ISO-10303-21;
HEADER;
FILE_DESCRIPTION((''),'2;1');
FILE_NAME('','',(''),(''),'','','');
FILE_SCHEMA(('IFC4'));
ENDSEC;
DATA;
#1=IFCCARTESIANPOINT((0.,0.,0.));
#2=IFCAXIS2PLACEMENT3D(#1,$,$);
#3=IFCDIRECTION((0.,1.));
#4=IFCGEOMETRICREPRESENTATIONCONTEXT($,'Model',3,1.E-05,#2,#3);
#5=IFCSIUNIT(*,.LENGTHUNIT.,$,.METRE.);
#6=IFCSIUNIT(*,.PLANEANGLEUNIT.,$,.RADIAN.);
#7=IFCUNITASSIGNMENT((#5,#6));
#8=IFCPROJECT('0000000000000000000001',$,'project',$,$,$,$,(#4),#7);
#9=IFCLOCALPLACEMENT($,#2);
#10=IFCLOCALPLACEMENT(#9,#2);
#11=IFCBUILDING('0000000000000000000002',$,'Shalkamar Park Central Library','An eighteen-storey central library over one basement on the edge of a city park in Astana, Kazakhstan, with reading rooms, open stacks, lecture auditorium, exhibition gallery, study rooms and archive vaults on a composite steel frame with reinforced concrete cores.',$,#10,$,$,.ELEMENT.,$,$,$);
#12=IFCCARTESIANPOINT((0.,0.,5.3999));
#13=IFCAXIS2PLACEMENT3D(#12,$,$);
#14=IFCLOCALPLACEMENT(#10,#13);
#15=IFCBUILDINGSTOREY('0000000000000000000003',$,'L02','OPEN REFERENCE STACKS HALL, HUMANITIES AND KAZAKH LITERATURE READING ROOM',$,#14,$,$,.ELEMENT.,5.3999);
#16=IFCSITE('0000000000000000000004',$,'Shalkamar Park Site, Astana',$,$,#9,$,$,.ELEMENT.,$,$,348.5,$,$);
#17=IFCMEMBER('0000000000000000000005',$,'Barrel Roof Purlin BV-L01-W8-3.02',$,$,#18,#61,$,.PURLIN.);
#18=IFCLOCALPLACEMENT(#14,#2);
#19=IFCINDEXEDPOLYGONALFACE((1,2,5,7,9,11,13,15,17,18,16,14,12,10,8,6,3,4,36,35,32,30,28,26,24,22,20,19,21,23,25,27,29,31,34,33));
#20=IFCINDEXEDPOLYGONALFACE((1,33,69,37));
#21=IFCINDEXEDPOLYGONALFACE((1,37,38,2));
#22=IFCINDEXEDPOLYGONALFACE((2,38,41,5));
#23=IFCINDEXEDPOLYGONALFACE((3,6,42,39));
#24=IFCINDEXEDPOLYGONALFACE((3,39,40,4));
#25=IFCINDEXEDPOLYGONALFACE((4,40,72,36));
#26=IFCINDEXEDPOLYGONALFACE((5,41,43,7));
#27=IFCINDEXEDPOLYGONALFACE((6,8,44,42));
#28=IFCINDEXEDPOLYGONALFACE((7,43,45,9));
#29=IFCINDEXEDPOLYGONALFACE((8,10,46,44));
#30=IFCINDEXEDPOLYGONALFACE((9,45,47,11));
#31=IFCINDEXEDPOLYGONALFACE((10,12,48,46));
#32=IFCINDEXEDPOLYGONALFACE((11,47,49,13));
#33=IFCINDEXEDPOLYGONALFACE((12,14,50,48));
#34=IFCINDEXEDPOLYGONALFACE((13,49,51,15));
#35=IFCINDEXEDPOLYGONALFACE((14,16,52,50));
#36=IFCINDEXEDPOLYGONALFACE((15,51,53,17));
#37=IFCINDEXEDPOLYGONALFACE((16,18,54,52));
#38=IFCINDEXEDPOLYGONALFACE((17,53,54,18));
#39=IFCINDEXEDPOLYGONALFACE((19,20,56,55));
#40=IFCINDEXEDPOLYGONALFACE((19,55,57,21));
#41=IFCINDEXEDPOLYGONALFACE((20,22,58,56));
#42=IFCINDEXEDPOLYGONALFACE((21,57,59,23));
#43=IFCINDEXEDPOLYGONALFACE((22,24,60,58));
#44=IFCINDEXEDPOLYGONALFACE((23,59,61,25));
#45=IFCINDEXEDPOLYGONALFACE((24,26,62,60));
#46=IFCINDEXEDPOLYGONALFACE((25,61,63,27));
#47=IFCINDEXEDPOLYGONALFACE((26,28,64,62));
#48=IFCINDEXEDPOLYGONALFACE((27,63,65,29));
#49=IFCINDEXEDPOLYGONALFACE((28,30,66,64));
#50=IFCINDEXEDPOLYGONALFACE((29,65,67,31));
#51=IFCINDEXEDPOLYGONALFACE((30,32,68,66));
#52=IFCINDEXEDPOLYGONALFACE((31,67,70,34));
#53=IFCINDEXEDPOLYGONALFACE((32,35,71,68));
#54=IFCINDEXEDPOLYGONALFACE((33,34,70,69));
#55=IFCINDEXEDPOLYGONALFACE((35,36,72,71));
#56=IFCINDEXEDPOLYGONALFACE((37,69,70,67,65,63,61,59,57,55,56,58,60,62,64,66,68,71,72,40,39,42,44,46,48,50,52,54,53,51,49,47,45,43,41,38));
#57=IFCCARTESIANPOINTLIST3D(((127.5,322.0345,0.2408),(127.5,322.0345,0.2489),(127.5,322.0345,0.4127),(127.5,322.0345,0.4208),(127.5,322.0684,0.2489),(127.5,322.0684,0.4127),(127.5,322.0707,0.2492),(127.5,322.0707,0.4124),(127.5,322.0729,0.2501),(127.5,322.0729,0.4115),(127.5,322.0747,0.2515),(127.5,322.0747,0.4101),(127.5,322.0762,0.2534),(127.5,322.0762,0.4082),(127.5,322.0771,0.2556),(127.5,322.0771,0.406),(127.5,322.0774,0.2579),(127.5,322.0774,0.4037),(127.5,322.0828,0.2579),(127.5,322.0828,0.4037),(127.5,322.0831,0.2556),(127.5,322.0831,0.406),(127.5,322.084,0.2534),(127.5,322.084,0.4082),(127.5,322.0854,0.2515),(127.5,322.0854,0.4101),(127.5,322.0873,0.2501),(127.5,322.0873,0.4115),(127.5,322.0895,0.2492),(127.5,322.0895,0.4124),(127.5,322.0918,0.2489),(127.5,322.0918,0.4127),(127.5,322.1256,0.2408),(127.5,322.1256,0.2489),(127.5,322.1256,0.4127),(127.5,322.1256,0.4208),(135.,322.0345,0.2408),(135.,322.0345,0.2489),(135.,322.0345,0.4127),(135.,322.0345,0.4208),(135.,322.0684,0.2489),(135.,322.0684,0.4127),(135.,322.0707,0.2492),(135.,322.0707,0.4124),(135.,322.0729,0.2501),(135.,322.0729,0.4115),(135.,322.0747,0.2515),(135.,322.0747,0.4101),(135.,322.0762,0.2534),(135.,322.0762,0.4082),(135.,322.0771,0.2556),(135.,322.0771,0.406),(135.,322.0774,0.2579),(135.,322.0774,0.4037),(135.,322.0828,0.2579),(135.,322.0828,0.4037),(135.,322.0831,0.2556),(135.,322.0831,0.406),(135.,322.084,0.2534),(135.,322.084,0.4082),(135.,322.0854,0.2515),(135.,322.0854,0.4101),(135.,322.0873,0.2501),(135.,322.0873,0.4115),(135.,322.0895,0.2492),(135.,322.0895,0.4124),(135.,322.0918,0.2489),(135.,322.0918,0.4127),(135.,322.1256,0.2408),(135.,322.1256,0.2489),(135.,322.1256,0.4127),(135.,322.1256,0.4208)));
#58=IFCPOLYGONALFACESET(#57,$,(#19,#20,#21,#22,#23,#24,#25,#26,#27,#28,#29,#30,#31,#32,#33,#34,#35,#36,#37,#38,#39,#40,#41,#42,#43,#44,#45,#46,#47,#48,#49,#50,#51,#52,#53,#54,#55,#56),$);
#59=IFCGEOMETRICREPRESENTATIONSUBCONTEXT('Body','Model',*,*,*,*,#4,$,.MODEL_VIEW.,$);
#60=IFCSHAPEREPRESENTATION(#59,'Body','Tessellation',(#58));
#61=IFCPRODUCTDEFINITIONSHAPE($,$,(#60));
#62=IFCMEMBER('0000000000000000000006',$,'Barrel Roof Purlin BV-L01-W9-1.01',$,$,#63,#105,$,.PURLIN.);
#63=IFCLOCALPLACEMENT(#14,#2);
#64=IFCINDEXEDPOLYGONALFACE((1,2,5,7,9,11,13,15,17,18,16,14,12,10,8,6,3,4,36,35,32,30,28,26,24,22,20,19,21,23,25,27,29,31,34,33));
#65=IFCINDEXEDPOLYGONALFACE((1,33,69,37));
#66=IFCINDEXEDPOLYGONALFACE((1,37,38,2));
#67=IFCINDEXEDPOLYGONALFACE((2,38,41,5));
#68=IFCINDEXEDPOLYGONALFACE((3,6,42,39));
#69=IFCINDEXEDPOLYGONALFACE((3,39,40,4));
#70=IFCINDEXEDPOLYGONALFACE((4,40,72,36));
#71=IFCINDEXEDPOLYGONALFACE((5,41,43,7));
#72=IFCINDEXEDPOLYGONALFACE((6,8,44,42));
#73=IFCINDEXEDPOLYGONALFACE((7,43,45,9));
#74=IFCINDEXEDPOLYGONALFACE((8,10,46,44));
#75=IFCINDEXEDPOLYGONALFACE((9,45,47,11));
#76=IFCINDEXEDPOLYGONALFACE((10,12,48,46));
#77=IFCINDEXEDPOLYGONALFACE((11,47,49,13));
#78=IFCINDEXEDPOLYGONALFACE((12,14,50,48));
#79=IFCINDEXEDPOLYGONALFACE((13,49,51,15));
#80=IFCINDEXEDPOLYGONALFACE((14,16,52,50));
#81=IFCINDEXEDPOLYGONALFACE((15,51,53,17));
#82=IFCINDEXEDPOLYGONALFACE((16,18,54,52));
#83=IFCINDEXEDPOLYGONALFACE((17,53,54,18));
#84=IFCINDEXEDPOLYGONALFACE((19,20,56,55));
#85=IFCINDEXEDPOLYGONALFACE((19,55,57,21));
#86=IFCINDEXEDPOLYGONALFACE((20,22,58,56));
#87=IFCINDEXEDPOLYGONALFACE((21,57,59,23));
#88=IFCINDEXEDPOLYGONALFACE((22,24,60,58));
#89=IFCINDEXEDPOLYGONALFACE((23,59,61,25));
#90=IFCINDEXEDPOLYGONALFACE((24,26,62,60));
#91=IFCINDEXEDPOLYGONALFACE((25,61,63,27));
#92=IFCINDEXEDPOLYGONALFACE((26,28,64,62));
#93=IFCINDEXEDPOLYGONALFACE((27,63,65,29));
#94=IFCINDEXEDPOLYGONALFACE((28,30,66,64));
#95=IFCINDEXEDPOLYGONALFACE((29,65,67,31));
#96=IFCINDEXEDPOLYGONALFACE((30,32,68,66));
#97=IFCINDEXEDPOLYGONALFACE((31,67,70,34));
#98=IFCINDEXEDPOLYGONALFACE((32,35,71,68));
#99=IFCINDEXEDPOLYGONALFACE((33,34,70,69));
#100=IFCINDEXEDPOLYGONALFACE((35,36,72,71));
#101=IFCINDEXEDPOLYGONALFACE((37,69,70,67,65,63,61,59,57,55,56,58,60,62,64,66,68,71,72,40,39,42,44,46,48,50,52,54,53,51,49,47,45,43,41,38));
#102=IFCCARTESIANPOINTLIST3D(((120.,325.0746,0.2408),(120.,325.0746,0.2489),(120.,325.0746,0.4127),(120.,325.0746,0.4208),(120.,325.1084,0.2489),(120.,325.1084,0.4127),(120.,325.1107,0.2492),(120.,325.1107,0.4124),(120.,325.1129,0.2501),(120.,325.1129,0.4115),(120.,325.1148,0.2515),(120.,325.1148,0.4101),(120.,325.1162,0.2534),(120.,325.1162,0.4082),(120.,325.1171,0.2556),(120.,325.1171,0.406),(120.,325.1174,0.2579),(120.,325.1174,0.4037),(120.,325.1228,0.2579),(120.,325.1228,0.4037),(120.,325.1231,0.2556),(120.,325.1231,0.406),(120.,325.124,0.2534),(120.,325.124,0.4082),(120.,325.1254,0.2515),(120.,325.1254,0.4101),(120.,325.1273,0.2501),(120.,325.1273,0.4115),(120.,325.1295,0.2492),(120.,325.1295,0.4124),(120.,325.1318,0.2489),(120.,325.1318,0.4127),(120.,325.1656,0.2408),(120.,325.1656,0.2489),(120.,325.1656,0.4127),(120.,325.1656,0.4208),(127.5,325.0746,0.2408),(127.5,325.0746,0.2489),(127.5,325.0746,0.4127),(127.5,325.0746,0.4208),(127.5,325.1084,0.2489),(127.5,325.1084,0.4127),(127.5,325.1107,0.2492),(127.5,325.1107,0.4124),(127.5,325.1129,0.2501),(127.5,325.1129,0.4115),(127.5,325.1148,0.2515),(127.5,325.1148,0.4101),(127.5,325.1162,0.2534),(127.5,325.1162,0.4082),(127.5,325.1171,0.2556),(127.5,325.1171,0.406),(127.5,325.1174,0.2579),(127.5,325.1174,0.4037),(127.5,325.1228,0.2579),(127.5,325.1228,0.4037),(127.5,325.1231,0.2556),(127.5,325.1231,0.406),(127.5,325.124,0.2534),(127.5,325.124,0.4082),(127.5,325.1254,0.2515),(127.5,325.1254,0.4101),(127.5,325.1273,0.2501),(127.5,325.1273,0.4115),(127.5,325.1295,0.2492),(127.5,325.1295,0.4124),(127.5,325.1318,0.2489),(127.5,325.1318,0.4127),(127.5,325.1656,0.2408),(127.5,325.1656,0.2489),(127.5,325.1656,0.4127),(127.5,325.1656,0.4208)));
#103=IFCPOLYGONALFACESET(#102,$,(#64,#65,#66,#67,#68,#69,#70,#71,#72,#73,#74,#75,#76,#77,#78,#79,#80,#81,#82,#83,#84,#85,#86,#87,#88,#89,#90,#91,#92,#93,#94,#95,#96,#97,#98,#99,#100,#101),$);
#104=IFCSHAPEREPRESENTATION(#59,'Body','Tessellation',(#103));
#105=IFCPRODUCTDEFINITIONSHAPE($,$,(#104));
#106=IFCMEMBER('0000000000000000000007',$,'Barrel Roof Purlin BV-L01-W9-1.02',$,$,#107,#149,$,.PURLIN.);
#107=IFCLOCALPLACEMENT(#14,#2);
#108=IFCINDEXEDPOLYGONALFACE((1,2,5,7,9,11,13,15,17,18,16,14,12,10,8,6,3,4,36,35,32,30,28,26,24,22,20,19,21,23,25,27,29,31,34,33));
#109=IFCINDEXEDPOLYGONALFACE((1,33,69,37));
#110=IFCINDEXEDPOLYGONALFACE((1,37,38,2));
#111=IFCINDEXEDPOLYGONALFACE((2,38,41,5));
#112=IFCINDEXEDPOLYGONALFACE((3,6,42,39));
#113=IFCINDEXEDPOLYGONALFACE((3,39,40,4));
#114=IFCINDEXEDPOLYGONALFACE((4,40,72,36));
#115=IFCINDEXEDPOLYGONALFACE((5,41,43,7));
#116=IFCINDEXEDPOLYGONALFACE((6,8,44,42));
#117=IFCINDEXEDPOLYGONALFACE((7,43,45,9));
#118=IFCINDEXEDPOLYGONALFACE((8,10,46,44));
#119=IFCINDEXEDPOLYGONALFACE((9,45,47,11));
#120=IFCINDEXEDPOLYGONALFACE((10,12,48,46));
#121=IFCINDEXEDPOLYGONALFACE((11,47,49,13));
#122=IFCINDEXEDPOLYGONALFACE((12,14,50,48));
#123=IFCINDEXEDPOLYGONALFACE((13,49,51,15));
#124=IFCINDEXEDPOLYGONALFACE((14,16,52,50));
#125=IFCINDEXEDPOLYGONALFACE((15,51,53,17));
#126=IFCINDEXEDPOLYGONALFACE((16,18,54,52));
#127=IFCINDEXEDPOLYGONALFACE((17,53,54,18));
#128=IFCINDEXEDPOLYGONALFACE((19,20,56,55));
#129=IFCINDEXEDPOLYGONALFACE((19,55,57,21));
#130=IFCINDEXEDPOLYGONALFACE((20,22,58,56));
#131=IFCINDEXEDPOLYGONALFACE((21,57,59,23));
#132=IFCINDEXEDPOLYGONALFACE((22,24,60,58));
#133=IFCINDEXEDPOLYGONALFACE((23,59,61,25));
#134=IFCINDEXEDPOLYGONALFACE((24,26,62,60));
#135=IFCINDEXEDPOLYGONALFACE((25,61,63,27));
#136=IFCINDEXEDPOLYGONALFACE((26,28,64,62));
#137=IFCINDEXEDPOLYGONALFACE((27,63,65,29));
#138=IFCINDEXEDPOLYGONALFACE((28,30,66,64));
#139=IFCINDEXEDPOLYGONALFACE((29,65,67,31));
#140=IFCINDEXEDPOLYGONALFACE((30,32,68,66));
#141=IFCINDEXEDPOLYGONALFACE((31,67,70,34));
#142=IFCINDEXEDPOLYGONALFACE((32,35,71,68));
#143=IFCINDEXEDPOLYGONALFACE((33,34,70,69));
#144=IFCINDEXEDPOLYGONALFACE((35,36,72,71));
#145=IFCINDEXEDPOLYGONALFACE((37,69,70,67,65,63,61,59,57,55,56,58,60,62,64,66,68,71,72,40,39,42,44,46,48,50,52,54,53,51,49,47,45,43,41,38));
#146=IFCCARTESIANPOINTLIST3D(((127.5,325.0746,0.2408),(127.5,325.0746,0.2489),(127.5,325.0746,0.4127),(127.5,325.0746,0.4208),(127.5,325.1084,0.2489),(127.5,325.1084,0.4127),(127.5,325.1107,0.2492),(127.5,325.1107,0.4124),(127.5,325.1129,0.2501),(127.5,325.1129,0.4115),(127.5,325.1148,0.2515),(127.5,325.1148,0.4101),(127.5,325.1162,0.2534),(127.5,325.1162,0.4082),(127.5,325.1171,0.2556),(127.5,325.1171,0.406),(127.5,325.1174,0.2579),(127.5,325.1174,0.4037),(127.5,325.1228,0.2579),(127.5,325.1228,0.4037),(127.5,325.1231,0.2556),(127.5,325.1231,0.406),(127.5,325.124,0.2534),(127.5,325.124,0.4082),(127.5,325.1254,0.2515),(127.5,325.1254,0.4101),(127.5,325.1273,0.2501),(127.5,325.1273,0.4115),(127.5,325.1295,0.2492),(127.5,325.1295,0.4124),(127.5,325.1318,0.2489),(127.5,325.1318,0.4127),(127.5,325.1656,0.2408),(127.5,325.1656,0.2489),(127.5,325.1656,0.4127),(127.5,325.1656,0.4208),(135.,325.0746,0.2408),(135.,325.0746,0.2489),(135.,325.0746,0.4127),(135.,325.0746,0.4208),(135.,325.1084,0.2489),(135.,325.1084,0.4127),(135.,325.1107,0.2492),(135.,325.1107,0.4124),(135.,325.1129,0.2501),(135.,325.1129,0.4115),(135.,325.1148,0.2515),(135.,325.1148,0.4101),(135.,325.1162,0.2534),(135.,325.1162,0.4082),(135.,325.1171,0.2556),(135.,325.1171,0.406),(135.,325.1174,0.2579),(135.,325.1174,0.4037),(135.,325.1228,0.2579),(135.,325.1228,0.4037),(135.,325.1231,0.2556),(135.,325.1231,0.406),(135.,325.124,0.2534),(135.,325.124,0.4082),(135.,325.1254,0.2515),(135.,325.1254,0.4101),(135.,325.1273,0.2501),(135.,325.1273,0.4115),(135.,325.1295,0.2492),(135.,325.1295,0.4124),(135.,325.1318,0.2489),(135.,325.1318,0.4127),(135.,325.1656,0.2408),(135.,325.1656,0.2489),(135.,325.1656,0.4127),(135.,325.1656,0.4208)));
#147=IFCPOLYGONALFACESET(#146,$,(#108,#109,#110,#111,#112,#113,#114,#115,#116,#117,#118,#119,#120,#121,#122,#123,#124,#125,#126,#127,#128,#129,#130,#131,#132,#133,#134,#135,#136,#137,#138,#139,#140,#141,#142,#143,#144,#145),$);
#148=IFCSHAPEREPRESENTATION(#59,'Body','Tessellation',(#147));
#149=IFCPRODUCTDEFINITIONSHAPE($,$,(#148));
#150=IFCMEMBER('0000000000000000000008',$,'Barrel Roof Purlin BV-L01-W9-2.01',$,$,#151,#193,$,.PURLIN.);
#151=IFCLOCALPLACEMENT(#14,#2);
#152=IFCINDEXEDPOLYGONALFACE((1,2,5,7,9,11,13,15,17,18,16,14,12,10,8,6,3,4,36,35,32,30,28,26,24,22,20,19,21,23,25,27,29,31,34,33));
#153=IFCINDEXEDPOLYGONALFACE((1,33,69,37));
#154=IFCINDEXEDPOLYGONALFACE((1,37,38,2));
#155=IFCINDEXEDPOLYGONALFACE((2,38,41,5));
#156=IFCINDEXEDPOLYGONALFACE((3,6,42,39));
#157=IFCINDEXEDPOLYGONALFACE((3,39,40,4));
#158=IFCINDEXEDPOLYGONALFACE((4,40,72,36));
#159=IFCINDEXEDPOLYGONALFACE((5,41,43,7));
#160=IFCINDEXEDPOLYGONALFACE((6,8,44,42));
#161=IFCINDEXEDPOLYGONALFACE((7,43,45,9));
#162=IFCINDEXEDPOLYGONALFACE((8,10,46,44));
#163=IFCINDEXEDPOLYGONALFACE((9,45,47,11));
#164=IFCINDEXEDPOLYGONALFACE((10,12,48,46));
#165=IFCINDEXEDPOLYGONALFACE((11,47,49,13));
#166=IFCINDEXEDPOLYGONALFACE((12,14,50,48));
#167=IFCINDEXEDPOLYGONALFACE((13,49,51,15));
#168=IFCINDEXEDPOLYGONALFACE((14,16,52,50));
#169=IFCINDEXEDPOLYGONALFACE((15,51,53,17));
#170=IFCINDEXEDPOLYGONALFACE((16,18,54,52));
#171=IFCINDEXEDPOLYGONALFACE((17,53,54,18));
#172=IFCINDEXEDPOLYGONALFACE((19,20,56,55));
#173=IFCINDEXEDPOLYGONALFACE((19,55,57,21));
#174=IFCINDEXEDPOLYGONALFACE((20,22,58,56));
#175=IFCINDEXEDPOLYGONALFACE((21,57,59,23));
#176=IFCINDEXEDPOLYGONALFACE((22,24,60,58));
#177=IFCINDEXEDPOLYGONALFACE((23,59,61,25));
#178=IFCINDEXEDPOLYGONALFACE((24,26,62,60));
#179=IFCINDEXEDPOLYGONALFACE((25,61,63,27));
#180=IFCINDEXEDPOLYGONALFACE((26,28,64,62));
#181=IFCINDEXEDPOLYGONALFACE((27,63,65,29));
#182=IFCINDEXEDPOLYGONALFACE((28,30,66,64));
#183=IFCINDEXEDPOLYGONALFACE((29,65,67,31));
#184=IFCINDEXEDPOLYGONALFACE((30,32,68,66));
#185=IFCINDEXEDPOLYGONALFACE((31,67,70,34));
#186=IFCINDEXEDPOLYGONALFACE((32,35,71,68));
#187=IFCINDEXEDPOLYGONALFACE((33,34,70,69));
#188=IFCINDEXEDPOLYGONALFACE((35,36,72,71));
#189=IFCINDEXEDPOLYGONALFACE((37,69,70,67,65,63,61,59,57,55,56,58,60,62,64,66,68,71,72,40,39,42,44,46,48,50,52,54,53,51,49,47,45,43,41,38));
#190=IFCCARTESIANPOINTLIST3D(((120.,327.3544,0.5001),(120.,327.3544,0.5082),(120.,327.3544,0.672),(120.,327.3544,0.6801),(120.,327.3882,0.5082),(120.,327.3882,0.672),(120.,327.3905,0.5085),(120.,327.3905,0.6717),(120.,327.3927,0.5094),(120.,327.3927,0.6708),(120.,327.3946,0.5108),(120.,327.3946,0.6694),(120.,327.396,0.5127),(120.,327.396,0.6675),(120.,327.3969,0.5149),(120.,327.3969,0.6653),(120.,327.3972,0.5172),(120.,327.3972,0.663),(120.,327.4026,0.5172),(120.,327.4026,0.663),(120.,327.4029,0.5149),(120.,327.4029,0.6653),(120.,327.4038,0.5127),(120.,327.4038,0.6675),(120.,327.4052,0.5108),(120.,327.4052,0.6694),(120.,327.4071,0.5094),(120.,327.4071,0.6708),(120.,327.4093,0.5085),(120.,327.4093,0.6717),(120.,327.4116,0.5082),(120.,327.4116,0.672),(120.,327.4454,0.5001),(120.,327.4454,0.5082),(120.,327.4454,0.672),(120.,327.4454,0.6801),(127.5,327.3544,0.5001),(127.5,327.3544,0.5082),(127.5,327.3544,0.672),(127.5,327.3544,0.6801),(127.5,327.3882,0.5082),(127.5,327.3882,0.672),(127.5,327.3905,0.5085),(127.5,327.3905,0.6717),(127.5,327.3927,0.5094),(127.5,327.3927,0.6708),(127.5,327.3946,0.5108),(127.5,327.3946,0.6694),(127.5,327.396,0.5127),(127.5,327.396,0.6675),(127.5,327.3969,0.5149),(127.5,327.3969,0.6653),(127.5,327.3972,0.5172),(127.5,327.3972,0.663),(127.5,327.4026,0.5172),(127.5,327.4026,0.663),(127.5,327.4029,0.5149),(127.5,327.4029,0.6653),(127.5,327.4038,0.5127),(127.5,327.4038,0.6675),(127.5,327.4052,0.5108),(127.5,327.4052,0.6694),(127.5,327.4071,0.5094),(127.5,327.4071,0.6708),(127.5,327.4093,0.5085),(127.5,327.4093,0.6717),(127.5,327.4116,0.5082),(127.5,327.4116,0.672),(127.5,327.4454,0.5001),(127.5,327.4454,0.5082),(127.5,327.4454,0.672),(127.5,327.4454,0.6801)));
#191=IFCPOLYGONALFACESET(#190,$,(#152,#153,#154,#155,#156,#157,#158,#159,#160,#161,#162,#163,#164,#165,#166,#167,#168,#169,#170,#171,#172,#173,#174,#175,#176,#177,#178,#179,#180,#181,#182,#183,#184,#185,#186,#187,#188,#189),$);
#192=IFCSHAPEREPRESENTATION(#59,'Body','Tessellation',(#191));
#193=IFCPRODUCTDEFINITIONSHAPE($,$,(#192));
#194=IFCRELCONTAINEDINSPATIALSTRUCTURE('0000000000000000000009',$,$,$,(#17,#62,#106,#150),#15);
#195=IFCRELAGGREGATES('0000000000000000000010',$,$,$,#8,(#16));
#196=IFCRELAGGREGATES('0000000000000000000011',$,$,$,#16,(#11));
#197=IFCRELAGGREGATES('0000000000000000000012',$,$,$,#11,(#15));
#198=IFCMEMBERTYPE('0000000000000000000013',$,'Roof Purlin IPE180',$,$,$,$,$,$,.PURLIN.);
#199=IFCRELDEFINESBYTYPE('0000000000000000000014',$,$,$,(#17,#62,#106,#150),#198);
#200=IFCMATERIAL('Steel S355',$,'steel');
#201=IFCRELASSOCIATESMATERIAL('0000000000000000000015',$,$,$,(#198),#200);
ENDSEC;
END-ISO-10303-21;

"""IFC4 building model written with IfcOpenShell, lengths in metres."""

from ifc_helpers import new_model, si_unit, direction, frame, origin, origin_2d, place, context, subcontext, project, spatial, i_section, extrude, material, material_profile, profile_set, type_object, element, save


model = new_model("IFC4")

# Units and contexts
model_context = context("Model", 3, precision=1e-05, world=origin(), true_north=direction((0.0, 1.0)))
body_context = subcontext(model_context, "Body", "Model", "MODEL_VIEW")
ifc_project = project(units=[si_unit("LENGTHUNIT", "METRE"), si_unit("PLANEANGLEUNIT", "RADIAN")], contexts=[model_context])

# Site, building, storey
site_placement = place(None, origin())
site = spatial("IfcSite", under=ifc_project, at=site_placement, Name="Shalkamar Park Site, Astana", CompositionType="ELEMENT", RefElevation=348.5)
building_placement = place(site_placement, origin())
building = spatial("IfcBuilding", under=site, at=building_placement, Name="Shalkamar Park Central Library", Description="An eighteen-storey central library over one basement on the edge of a city park in Astana, Kazakhstan, with reading rooms, open stacks, lecture auditorium, exhibition gallery, study rooms and archive vaults on a composite steel frame with reinforced concrete cores.", CompositionType="ELEMENT")
storey_placement = place(building_placement, frame((0.0, 0.0, 5.3999)))
storey = spatial("IfcBuildingStorey", under=building, at=storey_placement, Name="L02", Description="OPEN REFERENCE STACKS HALL, HUMANITIES AND KAZAKH LITERATURE READING ROOM", CompositionType="ELEMENT", Elevation=5.3999)

# Members
ifc_material_1 = material(Name="Steel S355", Category="steel")
ifc_material_profile_1 = material_profile(ifc_material_1, i_section(OverallWidth=0.0911, OverallDepth=0.1799, WebThickness=0.0054, FlangeThickness=0.0081, FilletRadius=0.009, at=origin_2d()), Name="IPE 180")
ifc_profile_set_1 = profile_set([ifc_material_profile_1], Name="Steel S355")
member_type_1 = type_object("IfcMemberType", Name="Roof Purlin IPE180", PredefinedType="PURLIN", material=ifc_profile_set_1)
for number, where, z_axis, x_axis, name in (
    (1, (127.5, 322.0801, 0.3308), (1.0, 0.0, 0.0), (0.0, 1.0, 0.0), "Barrel Roof Purlin BV-L01-W8-3.02"),
    (2, (120.0, 325.1201, 0.3308), (1.0, 0.0, 0.0), (0.0, 1.0, 0.0), "Barrel Roof Purlin BV-L01-W9-1.01"),
    (3, (127.5, 325.1201, 0.3308), (1.0, 0.0, 0.0), (0.0, 1.0, 0.0), "Barrel Roof Purlin BV-L01-W9-1.02"),
    (4, (120.0, 327.3999, 0.5901), (1.0, 0.0, 0.0), (0.0, 1.0, 0.0), "Barrel Roof Purlin BV-L01-W9-2.01"),
):
    element("IfcMember", number, at=place(storey_placement, frame(where, z_axis=z_axis, x_axis=x_axis)), inside=storey, type_object=member_type_1, Name=name, PredefinedType="PURLIN", context=body_context, shape_type="SweptSolid", body=[
        extrude(i_section(OverallWidth=0.0911, OverallDepth=0.1799, WebThickness=0.0054, FlangeThickness=0.0081, FilletRadius=0.009, at=origin_2d()), origin(), (0.0, 0.0, 1.0), 7.5),
    ])

save(model, "model.ifc")
